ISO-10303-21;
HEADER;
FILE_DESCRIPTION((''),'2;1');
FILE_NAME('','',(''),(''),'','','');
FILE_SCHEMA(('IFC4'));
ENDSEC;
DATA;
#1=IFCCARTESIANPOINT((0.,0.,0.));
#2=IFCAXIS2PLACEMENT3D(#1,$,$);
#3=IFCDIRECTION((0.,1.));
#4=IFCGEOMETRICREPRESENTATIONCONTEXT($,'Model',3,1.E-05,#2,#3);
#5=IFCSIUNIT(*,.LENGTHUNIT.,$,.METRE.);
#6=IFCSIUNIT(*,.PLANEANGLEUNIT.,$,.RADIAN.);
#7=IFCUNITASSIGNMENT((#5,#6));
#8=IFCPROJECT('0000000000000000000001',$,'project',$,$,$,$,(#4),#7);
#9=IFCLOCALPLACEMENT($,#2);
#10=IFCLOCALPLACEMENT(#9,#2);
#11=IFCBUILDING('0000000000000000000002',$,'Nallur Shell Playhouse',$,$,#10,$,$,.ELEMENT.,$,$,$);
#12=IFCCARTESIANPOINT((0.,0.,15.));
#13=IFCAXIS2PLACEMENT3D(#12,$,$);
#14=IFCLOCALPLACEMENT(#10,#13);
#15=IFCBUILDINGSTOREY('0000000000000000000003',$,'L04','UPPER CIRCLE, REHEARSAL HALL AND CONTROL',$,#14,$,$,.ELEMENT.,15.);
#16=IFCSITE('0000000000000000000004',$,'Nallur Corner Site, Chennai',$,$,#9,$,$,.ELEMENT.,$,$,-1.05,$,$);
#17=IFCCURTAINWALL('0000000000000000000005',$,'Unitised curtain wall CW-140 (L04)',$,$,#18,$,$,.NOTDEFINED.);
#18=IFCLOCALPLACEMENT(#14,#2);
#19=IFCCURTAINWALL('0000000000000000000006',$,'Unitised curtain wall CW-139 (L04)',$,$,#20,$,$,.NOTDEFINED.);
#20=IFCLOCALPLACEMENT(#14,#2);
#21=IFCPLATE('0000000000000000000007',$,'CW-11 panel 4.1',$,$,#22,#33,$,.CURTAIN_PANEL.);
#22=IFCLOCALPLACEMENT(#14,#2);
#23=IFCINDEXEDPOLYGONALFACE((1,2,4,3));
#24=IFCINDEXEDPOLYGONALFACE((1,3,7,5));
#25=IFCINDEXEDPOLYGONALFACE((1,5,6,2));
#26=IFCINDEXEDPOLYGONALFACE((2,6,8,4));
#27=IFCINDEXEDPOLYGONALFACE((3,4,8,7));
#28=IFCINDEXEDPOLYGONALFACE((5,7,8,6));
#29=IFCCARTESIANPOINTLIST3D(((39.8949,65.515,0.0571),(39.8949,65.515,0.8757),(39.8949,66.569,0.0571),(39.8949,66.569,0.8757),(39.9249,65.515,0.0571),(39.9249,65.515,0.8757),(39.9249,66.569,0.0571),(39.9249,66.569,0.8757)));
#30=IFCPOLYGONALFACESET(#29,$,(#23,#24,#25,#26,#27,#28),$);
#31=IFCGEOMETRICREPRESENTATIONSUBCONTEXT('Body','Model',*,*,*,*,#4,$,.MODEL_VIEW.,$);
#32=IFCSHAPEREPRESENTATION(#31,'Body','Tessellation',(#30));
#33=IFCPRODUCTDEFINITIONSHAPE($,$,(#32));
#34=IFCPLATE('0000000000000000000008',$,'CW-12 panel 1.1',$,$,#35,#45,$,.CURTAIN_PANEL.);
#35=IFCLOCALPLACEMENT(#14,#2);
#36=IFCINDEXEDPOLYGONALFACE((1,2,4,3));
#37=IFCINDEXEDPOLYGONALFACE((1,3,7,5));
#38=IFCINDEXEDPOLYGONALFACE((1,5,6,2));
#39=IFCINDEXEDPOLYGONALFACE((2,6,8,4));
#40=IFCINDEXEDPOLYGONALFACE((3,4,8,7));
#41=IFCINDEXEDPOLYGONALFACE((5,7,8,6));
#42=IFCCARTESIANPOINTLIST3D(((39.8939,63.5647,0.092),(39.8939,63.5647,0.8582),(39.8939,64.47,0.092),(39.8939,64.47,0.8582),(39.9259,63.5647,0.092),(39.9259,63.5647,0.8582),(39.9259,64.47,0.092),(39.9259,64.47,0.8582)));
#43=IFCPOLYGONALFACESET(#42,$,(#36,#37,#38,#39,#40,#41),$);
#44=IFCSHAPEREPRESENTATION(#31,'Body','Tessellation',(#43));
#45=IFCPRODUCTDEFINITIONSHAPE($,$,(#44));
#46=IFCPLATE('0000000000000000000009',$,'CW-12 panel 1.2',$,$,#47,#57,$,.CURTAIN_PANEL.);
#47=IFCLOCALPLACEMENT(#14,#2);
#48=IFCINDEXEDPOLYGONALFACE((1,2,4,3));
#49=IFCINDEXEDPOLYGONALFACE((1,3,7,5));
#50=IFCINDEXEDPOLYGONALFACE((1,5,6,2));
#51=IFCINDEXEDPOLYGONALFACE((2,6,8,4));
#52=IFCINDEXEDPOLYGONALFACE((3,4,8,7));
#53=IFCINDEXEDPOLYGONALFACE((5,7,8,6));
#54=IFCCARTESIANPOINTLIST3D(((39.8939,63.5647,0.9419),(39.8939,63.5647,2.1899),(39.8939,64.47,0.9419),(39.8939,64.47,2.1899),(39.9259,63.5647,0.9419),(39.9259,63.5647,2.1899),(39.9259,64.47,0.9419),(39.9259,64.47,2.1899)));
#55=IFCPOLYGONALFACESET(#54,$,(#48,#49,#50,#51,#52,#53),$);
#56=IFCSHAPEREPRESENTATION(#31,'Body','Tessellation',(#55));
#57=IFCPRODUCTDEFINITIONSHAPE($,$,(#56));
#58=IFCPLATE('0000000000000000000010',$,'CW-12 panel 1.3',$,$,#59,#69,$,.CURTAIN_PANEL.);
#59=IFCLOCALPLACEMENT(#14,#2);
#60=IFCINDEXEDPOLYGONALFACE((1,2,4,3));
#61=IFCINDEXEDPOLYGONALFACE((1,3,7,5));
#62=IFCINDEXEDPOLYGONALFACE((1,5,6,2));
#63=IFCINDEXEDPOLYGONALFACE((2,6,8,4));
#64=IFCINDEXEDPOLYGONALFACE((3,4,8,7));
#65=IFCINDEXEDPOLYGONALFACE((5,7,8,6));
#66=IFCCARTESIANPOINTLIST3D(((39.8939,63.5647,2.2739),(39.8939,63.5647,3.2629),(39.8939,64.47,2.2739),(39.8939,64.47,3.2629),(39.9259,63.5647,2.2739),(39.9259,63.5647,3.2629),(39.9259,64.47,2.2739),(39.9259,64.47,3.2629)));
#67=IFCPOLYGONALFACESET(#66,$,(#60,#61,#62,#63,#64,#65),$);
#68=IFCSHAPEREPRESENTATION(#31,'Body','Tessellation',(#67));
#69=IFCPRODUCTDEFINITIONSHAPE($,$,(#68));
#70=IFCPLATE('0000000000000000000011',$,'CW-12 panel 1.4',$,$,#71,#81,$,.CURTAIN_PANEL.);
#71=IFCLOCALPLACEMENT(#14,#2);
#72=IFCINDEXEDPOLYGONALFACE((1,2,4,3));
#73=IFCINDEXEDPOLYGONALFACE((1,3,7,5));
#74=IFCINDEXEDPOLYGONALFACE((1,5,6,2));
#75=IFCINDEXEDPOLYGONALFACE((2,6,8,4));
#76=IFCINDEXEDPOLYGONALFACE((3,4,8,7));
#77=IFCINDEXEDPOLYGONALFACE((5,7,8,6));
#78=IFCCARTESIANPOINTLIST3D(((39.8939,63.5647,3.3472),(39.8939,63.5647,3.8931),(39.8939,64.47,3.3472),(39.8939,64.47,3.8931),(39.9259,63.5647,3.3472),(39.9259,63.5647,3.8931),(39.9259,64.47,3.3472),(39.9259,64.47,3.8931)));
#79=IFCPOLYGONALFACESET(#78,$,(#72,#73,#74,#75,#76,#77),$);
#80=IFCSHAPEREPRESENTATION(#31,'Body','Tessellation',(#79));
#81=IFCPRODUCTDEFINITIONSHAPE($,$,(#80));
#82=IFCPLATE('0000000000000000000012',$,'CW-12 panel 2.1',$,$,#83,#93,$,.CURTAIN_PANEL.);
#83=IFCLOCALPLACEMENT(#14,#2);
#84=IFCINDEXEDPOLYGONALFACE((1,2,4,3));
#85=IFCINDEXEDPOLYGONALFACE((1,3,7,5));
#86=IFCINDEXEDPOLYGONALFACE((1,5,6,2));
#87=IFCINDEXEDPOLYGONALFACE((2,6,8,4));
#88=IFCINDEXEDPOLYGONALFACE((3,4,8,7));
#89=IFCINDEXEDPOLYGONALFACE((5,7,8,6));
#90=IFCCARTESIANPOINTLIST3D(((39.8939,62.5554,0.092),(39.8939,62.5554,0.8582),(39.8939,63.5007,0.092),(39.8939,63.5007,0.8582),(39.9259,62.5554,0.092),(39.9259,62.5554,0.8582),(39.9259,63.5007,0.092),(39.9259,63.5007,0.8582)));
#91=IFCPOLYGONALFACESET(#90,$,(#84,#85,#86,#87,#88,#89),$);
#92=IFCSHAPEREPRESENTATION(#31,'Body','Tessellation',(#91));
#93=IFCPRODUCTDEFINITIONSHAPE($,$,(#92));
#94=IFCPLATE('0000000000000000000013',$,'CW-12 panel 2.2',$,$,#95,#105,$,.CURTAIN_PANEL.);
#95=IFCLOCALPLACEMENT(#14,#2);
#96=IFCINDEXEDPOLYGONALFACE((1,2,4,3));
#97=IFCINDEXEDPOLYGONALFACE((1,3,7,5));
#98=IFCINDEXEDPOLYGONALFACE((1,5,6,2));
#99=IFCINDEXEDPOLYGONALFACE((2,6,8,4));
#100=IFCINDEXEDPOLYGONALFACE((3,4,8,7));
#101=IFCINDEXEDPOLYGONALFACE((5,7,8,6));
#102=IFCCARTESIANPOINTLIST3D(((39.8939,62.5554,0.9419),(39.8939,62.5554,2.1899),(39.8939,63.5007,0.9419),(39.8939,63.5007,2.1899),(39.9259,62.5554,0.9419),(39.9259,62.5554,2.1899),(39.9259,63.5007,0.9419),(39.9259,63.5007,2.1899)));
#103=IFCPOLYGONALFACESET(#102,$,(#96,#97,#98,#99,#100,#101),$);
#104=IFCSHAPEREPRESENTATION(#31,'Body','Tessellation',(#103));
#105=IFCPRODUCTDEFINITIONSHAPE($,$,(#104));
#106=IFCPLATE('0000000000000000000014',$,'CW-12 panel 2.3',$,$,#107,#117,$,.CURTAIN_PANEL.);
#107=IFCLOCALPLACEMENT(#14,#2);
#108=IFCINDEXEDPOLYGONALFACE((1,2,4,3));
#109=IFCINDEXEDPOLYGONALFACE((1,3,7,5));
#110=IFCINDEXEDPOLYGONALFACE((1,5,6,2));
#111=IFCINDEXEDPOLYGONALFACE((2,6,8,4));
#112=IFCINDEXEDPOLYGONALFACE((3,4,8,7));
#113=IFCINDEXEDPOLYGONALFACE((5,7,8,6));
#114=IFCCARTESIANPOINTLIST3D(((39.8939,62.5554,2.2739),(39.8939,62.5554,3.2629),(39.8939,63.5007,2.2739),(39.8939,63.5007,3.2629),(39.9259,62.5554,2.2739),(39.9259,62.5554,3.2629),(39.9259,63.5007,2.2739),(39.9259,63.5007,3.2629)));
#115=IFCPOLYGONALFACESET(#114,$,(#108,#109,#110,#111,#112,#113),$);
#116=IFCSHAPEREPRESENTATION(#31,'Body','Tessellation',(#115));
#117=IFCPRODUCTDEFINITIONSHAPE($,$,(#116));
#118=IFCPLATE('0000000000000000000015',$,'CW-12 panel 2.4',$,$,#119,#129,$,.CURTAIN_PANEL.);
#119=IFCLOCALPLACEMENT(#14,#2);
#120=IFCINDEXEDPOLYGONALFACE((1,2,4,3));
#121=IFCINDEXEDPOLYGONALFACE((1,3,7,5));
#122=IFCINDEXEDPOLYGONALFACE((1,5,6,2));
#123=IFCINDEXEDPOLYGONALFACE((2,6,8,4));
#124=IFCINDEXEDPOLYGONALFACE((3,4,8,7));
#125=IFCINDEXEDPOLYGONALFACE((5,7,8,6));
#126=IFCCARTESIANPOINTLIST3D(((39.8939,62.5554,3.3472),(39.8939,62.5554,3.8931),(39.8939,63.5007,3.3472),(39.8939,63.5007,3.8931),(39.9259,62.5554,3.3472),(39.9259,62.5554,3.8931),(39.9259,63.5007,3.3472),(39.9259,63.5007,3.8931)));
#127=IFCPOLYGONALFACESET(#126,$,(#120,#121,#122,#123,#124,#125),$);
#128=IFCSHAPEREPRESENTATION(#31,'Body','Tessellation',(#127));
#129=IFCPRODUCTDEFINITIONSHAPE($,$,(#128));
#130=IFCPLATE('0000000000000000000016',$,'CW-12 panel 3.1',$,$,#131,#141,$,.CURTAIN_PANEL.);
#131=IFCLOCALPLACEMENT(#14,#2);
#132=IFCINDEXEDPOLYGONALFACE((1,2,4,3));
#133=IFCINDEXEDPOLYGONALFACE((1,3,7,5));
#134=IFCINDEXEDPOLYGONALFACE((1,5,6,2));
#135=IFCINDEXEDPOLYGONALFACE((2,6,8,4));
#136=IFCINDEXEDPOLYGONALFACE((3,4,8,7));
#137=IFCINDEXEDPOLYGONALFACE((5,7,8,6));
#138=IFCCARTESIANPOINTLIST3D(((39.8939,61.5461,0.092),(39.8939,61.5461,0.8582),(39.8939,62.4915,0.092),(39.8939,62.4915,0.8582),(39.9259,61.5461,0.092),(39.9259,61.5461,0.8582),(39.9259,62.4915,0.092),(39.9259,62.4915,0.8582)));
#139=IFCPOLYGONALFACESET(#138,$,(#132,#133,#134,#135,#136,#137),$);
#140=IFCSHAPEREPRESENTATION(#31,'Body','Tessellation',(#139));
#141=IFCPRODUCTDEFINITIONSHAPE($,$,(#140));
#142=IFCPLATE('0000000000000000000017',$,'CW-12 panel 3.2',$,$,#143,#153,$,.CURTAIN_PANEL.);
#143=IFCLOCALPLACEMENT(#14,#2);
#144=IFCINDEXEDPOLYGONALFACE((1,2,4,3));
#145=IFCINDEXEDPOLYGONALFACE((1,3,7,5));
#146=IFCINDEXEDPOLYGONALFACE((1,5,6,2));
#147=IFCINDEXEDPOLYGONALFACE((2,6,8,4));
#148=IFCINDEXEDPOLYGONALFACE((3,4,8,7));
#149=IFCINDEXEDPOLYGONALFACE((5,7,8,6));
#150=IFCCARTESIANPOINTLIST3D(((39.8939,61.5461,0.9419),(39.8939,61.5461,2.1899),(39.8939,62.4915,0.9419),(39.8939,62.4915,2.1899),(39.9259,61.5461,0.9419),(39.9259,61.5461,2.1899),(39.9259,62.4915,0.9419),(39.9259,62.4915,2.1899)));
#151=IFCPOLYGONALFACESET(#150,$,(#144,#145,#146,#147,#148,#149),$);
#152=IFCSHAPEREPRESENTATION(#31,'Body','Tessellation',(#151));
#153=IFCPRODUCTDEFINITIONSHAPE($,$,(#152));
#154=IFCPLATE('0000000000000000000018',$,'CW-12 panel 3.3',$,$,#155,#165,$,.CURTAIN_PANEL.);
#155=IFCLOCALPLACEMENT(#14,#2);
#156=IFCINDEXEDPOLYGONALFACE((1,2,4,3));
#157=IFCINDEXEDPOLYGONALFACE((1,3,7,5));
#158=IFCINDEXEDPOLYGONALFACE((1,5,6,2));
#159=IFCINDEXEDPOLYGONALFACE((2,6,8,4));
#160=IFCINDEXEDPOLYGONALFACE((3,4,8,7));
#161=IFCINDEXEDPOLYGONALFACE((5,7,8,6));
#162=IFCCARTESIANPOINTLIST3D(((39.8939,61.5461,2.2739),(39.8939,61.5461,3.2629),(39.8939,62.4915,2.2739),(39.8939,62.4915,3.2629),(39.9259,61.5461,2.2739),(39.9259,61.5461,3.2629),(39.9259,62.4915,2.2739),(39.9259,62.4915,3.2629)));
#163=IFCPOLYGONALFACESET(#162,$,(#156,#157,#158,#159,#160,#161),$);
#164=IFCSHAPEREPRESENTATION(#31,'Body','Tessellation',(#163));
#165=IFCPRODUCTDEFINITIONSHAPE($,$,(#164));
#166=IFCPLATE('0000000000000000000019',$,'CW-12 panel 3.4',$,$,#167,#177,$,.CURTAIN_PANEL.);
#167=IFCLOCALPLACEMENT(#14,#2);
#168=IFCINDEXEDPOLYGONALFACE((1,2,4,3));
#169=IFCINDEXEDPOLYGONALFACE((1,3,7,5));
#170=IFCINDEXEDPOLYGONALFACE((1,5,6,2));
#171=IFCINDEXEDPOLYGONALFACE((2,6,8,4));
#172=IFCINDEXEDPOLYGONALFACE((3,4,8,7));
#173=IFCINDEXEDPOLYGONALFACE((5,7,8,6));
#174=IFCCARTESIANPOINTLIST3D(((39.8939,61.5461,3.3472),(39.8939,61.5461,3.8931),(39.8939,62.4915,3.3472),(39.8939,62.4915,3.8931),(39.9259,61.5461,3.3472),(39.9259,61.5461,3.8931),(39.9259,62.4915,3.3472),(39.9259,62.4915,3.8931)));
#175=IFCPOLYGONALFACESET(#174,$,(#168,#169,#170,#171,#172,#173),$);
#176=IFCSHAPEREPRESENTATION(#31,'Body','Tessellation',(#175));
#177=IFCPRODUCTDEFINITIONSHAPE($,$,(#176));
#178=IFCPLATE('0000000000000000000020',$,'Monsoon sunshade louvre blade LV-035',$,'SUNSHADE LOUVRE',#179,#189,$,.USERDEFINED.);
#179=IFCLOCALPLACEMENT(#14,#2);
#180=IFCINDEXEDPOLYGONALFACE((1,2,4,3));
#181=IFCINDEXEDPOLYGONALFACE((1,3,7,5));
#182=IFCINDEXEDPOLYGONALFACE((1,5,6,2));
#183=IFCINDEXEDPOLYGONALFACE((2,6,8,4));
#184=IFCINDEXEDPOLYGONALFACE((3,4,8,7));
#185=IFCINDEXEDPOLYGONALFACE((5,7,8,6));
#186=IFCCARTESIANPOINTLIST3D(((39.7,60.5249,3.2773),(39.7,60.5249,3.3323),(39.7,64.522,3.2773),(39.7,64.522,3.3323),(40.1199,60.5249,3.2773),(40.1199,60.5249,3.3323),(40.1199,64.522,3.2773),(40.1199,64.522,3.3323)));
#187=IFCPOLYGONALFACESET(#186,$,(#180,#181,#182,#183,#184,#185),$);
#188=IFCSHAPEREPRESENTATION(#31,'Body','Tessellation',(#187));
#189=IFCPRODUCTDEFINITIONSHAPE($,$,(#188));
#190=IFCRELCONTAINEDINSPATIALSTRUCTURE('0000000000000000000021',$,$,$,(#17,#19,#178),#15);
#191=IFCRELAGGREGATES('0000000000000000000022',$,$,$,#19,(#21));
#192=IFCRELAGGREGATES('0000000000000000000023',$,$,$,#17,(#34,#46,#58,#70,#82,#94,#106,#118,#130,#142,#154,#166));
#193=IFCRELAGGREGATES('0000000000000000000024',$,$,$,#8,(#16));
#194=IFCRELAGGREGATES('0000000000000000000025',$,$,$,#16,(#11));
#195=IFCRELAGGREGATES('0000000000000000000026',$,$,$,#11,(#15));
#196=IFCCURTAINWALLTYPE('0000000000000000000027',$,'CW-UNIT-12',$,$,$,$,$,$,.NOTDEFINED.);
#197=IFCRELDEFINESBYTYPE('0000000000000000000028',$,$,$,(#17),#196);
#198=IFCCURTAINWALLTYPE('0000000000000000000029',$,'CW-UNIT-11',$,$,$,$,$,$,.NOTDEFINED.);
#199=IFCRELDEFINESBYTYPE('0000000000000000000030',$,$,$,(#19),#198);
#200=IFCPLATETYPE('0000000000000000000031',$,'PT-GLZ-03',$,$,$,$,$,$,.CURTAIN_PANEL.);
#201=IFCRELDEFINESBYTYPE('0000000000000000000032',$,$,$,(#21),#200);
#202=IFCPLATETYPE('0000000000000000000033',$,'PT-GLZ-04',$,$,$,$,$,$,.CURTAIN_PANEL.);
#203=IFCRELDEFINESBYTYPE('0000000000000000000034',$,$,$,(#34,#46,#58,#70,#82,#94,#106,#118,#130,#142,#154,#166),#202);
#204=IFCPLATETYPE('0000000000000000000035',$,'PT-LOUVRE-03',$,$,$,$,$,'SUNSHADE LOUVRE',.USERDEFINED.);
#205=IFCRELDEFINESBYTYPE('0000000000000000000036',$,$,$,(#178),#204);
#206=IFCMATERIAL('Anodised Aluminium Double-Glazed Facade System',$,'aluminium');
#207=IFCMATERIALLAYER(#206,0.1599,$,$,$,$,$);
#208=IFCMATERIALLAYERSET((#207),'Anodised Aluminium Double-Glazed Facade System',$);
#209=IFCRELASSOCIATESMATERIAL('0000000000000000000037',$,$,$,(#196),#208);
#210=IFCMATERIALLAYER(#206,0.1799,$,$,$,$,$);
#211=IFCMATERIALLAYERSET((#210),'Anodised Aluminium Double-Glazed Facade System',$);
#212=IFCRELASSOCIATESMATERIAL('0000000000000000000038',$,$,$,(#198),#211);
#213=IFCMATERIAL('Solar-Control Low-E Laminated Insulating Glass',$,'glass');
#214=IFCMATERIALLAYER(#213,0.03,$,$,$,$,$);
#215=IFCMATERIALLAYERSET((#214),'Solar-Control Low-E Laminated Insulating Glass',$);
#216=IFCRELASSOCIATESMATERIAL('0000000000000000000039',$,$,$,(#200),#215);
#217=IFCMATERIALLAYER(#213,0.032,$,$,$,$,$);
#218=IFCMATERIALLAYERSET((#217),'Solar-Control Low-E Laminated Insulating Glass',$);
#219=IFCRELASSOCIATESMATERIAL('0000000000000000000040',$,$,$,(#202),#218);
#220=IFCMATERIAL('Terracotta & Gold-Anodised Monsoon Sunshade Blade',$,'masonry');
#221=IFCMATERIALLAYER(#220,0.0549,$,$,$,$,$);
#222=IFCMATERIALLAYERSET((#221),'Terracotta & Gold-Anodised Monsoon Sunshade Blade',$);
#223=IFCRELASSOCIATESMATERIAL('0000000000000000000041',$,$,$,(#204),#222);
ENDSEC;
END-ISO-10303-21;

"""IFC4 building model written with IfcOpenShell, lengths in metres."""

from ifc_helpers import new_model, si_unit, direction, frame, origin, origin_2d, place, context, subcontext, project, spatial, rectangle, extrude, material, layer, layer_set, type_object, element, aggregate, save


model = new_model("IFC4")

# Units and contexts
model_context = context("Model", 3, precision=1e-05, world=origin(), true_north=direction((0.0, 1.0)))
body_context = subcontext(model_context, "Body", "Model", "MODEL_VIEW")
ifc_project = project(units=[si_unit("LENGTHUNIT", "METRE"), si_unit("PLANEANGLEUNIT", "RADIAN")], contexts=[model_context])

# Site, building, storey
site_placement = place(None, origin())
site = spatial("IfcSite", under=ifc_project, at=site_placement, Name="Nallur Corner Site, Chennai", CompositionType="ELEMENT", RefElevation=-1.05)
building_placement = place(site_placement, origin())
building = spatial("IfcBuilding", under=site, at=building_placement, Name="Nallur Shell Playhouse", CompositionType="ELEMENT")
storey_placement = place(building_placement, frame((0.0, 0.0, 15.0)))
storey = spatial("IfcBuildingStorey", under=building, at=storey_placement, Name="L04", Description="UPPER CIRCLE, REHEARSAL HALL AND CONTROL", CompositionType="ELEMENT", Elevation=15.0)

# Curtain wall
ifc_material_1 = material(Name="Anodised Aluminium Double-Glazed Facade System", Category="aluminium")
ifc_layer_1 = layer(ifc_material_1, 0.1599)
ifc_layer_set_1 = layer_set([ifc_layer_1], Name="Anodised Aluminium Double-Glazed Facade System")
curtain_wall_type_1 = type_object("IfcCurtainWallType", Name="CW-UNIT-12", PredefinedType="NOTDEFINED", material=ifc_layer_set_1)
curtain_wall_1_placement = place(storey_placement, origin())
curtain_wall_1 = element("IfcCurtainWall", 1, at=curtain_wall_1_placement, inside=storey, type_object=curtain_wall_type_1, Name="Unitised curtain wall CW-140 (L04)", PredefinedType="NOTDEFINED")

# Curtain wall
ifc_layer_2 = layer(ifc_material_1, 0.1799)
ifc_layer_set_2 = layer_set([ifc_layer_2], Name="Anodised Aluminium Double-Glazed Facade System")
curtain_wall_type_2 = type_object("IfcCurtainWallType", Name="CW-UNIT-11", PredefinedType="NOTDEFINED", material=ifc_layer_set_2)
curtain_wall_2_placement = place(storey_placement, origin())
curtain_wall_2 = element("IfcCurtainWall", 2, at=curtain_wall_2_placement, inside=storey, type_object=curtain_wall_type_2, Name="Unitised curtain wall CW-139 (L04)", PredefinedType="NOTDEFINED")

# Plates
ifc_material_2 = material(Name="Solar-Control Low-E Laminated Insulating Glass", Category="glass")
ifc_layer_3 = layer(ifc_material_2, 0.03)
ifc_layer_set_3 = layer_set([ifc_layer_3], Name="Solar-Control Low-E Laminated Insulating Glass")
plate_type_1 = type_object("IfcPlateType", Name="PT-GLZ-03", PredefinedType="CURTAIN_PANEL", material=ifc_layer_set_3)
plate_1_placement = place(storey_placement, frame((39.9099, 66.042, 0.0571), z_axis=(0.0, 0.0, 1.0), x_axis=(0.0, -1.0, 0.0)))
plate_1 = element("IfcPlate", 3, at=plate_1_placement, type_object=plate_type_1, Name="CW-11 panel 4.1", PredefinedType="CURTAIN_PANEL", context=body_context, shape_type="SweptSolid", body=[
    extrude(rectangle(XDim=1.054, YDim=0.03, at=origin_2d()), origin(), (0.0, 0.0, 1.0), 0.8186),
])
aggregate(curtain_wall_2, [plate_1])
ifc_layer_4 = layer(ifc_material_2, 0.032)
ifc_layer_set_4 = layer_set([ifc_layer_4], Name="Solar-Control Low-E Laminated Insulating Glass")
plate_type_2 = type_object("IfcPlateType", Name="PT-GLZ-04", PredefinedType="CURTAIN_PANEL", material=ifc_layer_set_4)
plate_2_placement = place(storey_placement, frame((39.9099, 64.0173, 0.092), z_axis=(0.0, 0.0, 1.0), x_axis=(0.0, -1.0, 0.0)))
plate_2 = element("IfcPlate", 4, at=plate_2_placement, type_object=plate_type_2, Name="CW-12 panel 1.1", PredefinedType="CURTAIN_PANEL", context=body_context, shape_type="SweptSolid", body=[
    extrude(rectangle(XDim=0.9053, YDim=0.032, at=origin_2d()), origin(), (0.0, 0.0, 1.0), 0.7661),
])
plate_3_placement = place(storey_placement, frame((39.9099, 64.0173, 0.9419), z_axis=(0.0, 0.0, 1.0), x_axis=(0.0, -1.0, 0.0)))
plate_3 = element("IfcPlate", 5, at=plate_3_placement, type_object=plate_type_2, Name="CW-12 panel 1.2", PredefinedType="CURTAIN_PANEL", context=body_context, shape_type="SweptSolid", body=[
    extrude(rectangle(XDim=0.9053, YDim=0.032, at=origin_2d()), origin(), (0.0, 0.0, 1.0), 1.248),
])
plate_4_placement = place(storey_placement, frame((39.9099, 64.0173, 2.2739), z_axis=(0.0, 0.0, 1.0), x_axis=(0.0, -1.0, 0.0)))
plate_4 = element("IfcPlate", 6, at=plate_4_placement, type_object=plate_type_2, Name="CW-12 panel 1.3", PredefinedType="CURTAIN_PANEL", context=body_context, shape_type="SweptSolid", body=[
    extrude(rectangle(XDim=0.9053, YDim=0.032, at=origin_2d()), origin(), (0.0, 0.0, 1.0), 0.989),
])
plate_5_placement = place(storey_placement, frame((39.9099, 64.0173, 3.3472), z_axis=(0.0, 0.0, 1.0), x_axis=(0.0, -1.0, 0.0)))
plate_5 = element("IfcPlate", 7, at=plate_5_placement, type_object=plate_type_2, Name="CW-12 panel 1.4", PredefinedType="CURTAIN_PANEL", context=body_context, shape_type="SweptSolid", body=[
    extrude(rectangle(XDim=0.9053, YDim=0.032, at=origin_2d()), origin(), (0.0, 0.0, 1.0), 0.5459),
])
plate_6_placement = place(storey_placement, frame((39.9099, 63.0281, 0.092), z_axis=(0.0, 0.0, 1.0), x_axis=(0.0, -1.0, 0.0)))
plate_6 = element("IfcPlate", 8, at=plate_6_placement, type_object=plate_type_2, Name="CW-12 panel 2.1", PredefinedType="CURTAIN_PANEL", context=body_context, shape_type="SweptSolid", body=[
    extrude(rectangle(XDim=0.9453, YDim=0.032, at=origin_2d()), origin(), (0.0, 0.0, 1.0), 0.7661),
])
plate_7_placement = place(storey_placement, frame((39.9099, 63.0281, 0.9419), z_axis=(0.0, 0.0, 1.0), x_axis=(0.0, -1.0, 0.0)))
plate_7 = element("IfcPlate", 9, at=plate_7_placement, type_object=plate_type_2, Name="CW-12 panel 2.2", PredefinedType="CURTAIN_PANEL", context=body_context, shape_type="SweptSolid", body=[
    extrude(rectangle(XDim=0.9453, YDim=0.032, at=origin_2d()), origin(), (0.0, 0.0, 1.0), 1.248),
])
plate_8_placement = place(storey_placement, frame((39.9099, 63.0281, 2.2739), z_axis=(0.0, 0.0, 1.0), x_axis=(0.0, -1.0, 0.0)))
plate_8 = element("IfcPlate", 10, at=plate_8_placement, type_object=plate_type_2, Name="CW-12 panel 2.3", PredefinedType="CURTAIN_PANEL", context=body_context, shape_type="SweptSolid", body=[
    extrude(rectangle(XDim=0.9453, YDim=0.032, at=origin_2d()), origin(), (0.0, 0.0, 1.0), 0.989),
])
plate_9_placement = place(storey_placement, frame((39.9099, 63.0281, 3.3472), z_axis=(0.0, 0.0, 1.0), x_axis=(0.0, -1.0, 0.0)))
plate_9 = element("IfcPlate", 11, at=plate_9_placement, type_object=plate_type_2, Name="CW-12 panel 2.4", PredefinedType="CURTAIN_PANEL", context=body_context, shape_type="SweptSolid", body=[
    extrude(rectangle(XDim=0.9453, YDim=0.032, at=origin_2d()), origin(), (0.0, 0.0, 1.0), 0.5459),
])
plate_10_placement = place(storey_placement, frame((39.9099, 62.0188, 0.092), z_axis=(0.0, 0.0, 1.0), x_axis=(0.0, -1.0, 0.0)))
plate_10 = element("IfcPlate", 12, at=plate_10_placement, type_object=plate_type_2, Name="CW-12 panel 3.1", PredefinedType="CURTAIN_PANEL", context=body_context, shape_type="SweptSolid", body=[
    extrude(rectangle(XDim=0.9453, YDim=0.032, at=origin_2d()), origin(), (0.0, 0.0, 1.0), 0.7661),
])
plate_11_placement = place(storey_placement, frame((39.9099, 62.0188, 0.9419), z_axis=(0.0, 0.0, 1.0), x_axis=(0.0, -1.0, 0.0)))
plate_11 = element("IfcPlate", 13, at=plate_11_placement, type_object=plate_type_2, Name="CW-12 panel 3.2", PredefinedType="CURTAIN_PANEL", context=body_context, shape_type="SweptSolid", body=[
    extrude(rectangle(XDim=0.9453, YDim=0.032, at=origin_2d()), origin(), (0.0, 0.0, 1.0), 1.248),
])
plate_12_placement = place(storey_placement, frame((39.9099, 62.0188, 2.2739), z_axis=(0.0, 0.0, 1.0), x_axis=(0.0, -1.0, 0.0)))
plate_12 = element("IfcPlate", 14, at=plate_12_placement, type_object=plate_type_2, Name="CW-12 panel 3.3", PredefinedType="CURTAIN_PANEL", context=body_context, shape_type="SweptSolid", body=[
    extrude(rectangle(XDim=0.9453, YDim=0.032, at=origin_2d()), origin(), (0.0, 0.0, 1.0), 0.989),
])
plate_13_placement = place(storey_placement, frame((39.9099, 62.0188, 3.3472), z_axis=(0.0, 0.0, 1.0), x_axis=(0.0, -1.0, 0.0)))
plate_13 = element("IfcPlate", 15, at=plate_13_placement, type_object=plate_type_2, Name="CW-12 panel 3.4", PredefinedType="CURTAIN_PANEL", context=body_context, shape_type="SweptSolid", body=[
    extrude(rectangle(XDim=0.9453, YDim=0.032, at=origin_2d()), origin(), (0.0, 0.0, 1.0), 0.5459),
])
aggregate(curtain_wall_1, [plate_2, plate_3, plate_4, plate_5, plate_6, plate_7, plate_8, plate_9, plate_10, plate_11, plate_12, plate_13])
ifc_material_3 = material(Name="Terracotta & Gold-Anodised Monsoon Sunshade Blade", Category="masonry")
ifc_layer_5 = layer(ifc_material_3, 0.0549)
ifc_layer_set_5 = layer_set([ifc_layer_5], Name="Terracotta & Gold-Anodised Monsoon Sunshade Blade")
plate_type_3 = type_object("IfcPlateType", Name="PT-LOUVRE-03", ElementType="SUNSHADE LOUVRE", PredefinedType="USERDEFINED", material=ifc_layer_set_5)
plate_14_placement = place(storey_placement, frame((39.9099, 62.5234, 3.2773), z_axis=(0.0, 0.0, 1.0), x_axis=(0.0, -1.0, 0.0)))
element("IfcPlate", 16, at=plate_14_placement, inside=storey, type_object=plate_type_3, Name="Monsoon sunshade louvre blade LV-035", ObjectType="SUNSHADE LOUVRE", PredefinedType="USERDEFINED", context=body_context, shape_type="SweptSolid", body=[
    extrude(rectangle(XDim=3.9971, YDim=0.4199, at=origin_2d()), origin(), (0.0, 0.0, 1.0), 0.0549),
])

save(model, "model.ifc")
